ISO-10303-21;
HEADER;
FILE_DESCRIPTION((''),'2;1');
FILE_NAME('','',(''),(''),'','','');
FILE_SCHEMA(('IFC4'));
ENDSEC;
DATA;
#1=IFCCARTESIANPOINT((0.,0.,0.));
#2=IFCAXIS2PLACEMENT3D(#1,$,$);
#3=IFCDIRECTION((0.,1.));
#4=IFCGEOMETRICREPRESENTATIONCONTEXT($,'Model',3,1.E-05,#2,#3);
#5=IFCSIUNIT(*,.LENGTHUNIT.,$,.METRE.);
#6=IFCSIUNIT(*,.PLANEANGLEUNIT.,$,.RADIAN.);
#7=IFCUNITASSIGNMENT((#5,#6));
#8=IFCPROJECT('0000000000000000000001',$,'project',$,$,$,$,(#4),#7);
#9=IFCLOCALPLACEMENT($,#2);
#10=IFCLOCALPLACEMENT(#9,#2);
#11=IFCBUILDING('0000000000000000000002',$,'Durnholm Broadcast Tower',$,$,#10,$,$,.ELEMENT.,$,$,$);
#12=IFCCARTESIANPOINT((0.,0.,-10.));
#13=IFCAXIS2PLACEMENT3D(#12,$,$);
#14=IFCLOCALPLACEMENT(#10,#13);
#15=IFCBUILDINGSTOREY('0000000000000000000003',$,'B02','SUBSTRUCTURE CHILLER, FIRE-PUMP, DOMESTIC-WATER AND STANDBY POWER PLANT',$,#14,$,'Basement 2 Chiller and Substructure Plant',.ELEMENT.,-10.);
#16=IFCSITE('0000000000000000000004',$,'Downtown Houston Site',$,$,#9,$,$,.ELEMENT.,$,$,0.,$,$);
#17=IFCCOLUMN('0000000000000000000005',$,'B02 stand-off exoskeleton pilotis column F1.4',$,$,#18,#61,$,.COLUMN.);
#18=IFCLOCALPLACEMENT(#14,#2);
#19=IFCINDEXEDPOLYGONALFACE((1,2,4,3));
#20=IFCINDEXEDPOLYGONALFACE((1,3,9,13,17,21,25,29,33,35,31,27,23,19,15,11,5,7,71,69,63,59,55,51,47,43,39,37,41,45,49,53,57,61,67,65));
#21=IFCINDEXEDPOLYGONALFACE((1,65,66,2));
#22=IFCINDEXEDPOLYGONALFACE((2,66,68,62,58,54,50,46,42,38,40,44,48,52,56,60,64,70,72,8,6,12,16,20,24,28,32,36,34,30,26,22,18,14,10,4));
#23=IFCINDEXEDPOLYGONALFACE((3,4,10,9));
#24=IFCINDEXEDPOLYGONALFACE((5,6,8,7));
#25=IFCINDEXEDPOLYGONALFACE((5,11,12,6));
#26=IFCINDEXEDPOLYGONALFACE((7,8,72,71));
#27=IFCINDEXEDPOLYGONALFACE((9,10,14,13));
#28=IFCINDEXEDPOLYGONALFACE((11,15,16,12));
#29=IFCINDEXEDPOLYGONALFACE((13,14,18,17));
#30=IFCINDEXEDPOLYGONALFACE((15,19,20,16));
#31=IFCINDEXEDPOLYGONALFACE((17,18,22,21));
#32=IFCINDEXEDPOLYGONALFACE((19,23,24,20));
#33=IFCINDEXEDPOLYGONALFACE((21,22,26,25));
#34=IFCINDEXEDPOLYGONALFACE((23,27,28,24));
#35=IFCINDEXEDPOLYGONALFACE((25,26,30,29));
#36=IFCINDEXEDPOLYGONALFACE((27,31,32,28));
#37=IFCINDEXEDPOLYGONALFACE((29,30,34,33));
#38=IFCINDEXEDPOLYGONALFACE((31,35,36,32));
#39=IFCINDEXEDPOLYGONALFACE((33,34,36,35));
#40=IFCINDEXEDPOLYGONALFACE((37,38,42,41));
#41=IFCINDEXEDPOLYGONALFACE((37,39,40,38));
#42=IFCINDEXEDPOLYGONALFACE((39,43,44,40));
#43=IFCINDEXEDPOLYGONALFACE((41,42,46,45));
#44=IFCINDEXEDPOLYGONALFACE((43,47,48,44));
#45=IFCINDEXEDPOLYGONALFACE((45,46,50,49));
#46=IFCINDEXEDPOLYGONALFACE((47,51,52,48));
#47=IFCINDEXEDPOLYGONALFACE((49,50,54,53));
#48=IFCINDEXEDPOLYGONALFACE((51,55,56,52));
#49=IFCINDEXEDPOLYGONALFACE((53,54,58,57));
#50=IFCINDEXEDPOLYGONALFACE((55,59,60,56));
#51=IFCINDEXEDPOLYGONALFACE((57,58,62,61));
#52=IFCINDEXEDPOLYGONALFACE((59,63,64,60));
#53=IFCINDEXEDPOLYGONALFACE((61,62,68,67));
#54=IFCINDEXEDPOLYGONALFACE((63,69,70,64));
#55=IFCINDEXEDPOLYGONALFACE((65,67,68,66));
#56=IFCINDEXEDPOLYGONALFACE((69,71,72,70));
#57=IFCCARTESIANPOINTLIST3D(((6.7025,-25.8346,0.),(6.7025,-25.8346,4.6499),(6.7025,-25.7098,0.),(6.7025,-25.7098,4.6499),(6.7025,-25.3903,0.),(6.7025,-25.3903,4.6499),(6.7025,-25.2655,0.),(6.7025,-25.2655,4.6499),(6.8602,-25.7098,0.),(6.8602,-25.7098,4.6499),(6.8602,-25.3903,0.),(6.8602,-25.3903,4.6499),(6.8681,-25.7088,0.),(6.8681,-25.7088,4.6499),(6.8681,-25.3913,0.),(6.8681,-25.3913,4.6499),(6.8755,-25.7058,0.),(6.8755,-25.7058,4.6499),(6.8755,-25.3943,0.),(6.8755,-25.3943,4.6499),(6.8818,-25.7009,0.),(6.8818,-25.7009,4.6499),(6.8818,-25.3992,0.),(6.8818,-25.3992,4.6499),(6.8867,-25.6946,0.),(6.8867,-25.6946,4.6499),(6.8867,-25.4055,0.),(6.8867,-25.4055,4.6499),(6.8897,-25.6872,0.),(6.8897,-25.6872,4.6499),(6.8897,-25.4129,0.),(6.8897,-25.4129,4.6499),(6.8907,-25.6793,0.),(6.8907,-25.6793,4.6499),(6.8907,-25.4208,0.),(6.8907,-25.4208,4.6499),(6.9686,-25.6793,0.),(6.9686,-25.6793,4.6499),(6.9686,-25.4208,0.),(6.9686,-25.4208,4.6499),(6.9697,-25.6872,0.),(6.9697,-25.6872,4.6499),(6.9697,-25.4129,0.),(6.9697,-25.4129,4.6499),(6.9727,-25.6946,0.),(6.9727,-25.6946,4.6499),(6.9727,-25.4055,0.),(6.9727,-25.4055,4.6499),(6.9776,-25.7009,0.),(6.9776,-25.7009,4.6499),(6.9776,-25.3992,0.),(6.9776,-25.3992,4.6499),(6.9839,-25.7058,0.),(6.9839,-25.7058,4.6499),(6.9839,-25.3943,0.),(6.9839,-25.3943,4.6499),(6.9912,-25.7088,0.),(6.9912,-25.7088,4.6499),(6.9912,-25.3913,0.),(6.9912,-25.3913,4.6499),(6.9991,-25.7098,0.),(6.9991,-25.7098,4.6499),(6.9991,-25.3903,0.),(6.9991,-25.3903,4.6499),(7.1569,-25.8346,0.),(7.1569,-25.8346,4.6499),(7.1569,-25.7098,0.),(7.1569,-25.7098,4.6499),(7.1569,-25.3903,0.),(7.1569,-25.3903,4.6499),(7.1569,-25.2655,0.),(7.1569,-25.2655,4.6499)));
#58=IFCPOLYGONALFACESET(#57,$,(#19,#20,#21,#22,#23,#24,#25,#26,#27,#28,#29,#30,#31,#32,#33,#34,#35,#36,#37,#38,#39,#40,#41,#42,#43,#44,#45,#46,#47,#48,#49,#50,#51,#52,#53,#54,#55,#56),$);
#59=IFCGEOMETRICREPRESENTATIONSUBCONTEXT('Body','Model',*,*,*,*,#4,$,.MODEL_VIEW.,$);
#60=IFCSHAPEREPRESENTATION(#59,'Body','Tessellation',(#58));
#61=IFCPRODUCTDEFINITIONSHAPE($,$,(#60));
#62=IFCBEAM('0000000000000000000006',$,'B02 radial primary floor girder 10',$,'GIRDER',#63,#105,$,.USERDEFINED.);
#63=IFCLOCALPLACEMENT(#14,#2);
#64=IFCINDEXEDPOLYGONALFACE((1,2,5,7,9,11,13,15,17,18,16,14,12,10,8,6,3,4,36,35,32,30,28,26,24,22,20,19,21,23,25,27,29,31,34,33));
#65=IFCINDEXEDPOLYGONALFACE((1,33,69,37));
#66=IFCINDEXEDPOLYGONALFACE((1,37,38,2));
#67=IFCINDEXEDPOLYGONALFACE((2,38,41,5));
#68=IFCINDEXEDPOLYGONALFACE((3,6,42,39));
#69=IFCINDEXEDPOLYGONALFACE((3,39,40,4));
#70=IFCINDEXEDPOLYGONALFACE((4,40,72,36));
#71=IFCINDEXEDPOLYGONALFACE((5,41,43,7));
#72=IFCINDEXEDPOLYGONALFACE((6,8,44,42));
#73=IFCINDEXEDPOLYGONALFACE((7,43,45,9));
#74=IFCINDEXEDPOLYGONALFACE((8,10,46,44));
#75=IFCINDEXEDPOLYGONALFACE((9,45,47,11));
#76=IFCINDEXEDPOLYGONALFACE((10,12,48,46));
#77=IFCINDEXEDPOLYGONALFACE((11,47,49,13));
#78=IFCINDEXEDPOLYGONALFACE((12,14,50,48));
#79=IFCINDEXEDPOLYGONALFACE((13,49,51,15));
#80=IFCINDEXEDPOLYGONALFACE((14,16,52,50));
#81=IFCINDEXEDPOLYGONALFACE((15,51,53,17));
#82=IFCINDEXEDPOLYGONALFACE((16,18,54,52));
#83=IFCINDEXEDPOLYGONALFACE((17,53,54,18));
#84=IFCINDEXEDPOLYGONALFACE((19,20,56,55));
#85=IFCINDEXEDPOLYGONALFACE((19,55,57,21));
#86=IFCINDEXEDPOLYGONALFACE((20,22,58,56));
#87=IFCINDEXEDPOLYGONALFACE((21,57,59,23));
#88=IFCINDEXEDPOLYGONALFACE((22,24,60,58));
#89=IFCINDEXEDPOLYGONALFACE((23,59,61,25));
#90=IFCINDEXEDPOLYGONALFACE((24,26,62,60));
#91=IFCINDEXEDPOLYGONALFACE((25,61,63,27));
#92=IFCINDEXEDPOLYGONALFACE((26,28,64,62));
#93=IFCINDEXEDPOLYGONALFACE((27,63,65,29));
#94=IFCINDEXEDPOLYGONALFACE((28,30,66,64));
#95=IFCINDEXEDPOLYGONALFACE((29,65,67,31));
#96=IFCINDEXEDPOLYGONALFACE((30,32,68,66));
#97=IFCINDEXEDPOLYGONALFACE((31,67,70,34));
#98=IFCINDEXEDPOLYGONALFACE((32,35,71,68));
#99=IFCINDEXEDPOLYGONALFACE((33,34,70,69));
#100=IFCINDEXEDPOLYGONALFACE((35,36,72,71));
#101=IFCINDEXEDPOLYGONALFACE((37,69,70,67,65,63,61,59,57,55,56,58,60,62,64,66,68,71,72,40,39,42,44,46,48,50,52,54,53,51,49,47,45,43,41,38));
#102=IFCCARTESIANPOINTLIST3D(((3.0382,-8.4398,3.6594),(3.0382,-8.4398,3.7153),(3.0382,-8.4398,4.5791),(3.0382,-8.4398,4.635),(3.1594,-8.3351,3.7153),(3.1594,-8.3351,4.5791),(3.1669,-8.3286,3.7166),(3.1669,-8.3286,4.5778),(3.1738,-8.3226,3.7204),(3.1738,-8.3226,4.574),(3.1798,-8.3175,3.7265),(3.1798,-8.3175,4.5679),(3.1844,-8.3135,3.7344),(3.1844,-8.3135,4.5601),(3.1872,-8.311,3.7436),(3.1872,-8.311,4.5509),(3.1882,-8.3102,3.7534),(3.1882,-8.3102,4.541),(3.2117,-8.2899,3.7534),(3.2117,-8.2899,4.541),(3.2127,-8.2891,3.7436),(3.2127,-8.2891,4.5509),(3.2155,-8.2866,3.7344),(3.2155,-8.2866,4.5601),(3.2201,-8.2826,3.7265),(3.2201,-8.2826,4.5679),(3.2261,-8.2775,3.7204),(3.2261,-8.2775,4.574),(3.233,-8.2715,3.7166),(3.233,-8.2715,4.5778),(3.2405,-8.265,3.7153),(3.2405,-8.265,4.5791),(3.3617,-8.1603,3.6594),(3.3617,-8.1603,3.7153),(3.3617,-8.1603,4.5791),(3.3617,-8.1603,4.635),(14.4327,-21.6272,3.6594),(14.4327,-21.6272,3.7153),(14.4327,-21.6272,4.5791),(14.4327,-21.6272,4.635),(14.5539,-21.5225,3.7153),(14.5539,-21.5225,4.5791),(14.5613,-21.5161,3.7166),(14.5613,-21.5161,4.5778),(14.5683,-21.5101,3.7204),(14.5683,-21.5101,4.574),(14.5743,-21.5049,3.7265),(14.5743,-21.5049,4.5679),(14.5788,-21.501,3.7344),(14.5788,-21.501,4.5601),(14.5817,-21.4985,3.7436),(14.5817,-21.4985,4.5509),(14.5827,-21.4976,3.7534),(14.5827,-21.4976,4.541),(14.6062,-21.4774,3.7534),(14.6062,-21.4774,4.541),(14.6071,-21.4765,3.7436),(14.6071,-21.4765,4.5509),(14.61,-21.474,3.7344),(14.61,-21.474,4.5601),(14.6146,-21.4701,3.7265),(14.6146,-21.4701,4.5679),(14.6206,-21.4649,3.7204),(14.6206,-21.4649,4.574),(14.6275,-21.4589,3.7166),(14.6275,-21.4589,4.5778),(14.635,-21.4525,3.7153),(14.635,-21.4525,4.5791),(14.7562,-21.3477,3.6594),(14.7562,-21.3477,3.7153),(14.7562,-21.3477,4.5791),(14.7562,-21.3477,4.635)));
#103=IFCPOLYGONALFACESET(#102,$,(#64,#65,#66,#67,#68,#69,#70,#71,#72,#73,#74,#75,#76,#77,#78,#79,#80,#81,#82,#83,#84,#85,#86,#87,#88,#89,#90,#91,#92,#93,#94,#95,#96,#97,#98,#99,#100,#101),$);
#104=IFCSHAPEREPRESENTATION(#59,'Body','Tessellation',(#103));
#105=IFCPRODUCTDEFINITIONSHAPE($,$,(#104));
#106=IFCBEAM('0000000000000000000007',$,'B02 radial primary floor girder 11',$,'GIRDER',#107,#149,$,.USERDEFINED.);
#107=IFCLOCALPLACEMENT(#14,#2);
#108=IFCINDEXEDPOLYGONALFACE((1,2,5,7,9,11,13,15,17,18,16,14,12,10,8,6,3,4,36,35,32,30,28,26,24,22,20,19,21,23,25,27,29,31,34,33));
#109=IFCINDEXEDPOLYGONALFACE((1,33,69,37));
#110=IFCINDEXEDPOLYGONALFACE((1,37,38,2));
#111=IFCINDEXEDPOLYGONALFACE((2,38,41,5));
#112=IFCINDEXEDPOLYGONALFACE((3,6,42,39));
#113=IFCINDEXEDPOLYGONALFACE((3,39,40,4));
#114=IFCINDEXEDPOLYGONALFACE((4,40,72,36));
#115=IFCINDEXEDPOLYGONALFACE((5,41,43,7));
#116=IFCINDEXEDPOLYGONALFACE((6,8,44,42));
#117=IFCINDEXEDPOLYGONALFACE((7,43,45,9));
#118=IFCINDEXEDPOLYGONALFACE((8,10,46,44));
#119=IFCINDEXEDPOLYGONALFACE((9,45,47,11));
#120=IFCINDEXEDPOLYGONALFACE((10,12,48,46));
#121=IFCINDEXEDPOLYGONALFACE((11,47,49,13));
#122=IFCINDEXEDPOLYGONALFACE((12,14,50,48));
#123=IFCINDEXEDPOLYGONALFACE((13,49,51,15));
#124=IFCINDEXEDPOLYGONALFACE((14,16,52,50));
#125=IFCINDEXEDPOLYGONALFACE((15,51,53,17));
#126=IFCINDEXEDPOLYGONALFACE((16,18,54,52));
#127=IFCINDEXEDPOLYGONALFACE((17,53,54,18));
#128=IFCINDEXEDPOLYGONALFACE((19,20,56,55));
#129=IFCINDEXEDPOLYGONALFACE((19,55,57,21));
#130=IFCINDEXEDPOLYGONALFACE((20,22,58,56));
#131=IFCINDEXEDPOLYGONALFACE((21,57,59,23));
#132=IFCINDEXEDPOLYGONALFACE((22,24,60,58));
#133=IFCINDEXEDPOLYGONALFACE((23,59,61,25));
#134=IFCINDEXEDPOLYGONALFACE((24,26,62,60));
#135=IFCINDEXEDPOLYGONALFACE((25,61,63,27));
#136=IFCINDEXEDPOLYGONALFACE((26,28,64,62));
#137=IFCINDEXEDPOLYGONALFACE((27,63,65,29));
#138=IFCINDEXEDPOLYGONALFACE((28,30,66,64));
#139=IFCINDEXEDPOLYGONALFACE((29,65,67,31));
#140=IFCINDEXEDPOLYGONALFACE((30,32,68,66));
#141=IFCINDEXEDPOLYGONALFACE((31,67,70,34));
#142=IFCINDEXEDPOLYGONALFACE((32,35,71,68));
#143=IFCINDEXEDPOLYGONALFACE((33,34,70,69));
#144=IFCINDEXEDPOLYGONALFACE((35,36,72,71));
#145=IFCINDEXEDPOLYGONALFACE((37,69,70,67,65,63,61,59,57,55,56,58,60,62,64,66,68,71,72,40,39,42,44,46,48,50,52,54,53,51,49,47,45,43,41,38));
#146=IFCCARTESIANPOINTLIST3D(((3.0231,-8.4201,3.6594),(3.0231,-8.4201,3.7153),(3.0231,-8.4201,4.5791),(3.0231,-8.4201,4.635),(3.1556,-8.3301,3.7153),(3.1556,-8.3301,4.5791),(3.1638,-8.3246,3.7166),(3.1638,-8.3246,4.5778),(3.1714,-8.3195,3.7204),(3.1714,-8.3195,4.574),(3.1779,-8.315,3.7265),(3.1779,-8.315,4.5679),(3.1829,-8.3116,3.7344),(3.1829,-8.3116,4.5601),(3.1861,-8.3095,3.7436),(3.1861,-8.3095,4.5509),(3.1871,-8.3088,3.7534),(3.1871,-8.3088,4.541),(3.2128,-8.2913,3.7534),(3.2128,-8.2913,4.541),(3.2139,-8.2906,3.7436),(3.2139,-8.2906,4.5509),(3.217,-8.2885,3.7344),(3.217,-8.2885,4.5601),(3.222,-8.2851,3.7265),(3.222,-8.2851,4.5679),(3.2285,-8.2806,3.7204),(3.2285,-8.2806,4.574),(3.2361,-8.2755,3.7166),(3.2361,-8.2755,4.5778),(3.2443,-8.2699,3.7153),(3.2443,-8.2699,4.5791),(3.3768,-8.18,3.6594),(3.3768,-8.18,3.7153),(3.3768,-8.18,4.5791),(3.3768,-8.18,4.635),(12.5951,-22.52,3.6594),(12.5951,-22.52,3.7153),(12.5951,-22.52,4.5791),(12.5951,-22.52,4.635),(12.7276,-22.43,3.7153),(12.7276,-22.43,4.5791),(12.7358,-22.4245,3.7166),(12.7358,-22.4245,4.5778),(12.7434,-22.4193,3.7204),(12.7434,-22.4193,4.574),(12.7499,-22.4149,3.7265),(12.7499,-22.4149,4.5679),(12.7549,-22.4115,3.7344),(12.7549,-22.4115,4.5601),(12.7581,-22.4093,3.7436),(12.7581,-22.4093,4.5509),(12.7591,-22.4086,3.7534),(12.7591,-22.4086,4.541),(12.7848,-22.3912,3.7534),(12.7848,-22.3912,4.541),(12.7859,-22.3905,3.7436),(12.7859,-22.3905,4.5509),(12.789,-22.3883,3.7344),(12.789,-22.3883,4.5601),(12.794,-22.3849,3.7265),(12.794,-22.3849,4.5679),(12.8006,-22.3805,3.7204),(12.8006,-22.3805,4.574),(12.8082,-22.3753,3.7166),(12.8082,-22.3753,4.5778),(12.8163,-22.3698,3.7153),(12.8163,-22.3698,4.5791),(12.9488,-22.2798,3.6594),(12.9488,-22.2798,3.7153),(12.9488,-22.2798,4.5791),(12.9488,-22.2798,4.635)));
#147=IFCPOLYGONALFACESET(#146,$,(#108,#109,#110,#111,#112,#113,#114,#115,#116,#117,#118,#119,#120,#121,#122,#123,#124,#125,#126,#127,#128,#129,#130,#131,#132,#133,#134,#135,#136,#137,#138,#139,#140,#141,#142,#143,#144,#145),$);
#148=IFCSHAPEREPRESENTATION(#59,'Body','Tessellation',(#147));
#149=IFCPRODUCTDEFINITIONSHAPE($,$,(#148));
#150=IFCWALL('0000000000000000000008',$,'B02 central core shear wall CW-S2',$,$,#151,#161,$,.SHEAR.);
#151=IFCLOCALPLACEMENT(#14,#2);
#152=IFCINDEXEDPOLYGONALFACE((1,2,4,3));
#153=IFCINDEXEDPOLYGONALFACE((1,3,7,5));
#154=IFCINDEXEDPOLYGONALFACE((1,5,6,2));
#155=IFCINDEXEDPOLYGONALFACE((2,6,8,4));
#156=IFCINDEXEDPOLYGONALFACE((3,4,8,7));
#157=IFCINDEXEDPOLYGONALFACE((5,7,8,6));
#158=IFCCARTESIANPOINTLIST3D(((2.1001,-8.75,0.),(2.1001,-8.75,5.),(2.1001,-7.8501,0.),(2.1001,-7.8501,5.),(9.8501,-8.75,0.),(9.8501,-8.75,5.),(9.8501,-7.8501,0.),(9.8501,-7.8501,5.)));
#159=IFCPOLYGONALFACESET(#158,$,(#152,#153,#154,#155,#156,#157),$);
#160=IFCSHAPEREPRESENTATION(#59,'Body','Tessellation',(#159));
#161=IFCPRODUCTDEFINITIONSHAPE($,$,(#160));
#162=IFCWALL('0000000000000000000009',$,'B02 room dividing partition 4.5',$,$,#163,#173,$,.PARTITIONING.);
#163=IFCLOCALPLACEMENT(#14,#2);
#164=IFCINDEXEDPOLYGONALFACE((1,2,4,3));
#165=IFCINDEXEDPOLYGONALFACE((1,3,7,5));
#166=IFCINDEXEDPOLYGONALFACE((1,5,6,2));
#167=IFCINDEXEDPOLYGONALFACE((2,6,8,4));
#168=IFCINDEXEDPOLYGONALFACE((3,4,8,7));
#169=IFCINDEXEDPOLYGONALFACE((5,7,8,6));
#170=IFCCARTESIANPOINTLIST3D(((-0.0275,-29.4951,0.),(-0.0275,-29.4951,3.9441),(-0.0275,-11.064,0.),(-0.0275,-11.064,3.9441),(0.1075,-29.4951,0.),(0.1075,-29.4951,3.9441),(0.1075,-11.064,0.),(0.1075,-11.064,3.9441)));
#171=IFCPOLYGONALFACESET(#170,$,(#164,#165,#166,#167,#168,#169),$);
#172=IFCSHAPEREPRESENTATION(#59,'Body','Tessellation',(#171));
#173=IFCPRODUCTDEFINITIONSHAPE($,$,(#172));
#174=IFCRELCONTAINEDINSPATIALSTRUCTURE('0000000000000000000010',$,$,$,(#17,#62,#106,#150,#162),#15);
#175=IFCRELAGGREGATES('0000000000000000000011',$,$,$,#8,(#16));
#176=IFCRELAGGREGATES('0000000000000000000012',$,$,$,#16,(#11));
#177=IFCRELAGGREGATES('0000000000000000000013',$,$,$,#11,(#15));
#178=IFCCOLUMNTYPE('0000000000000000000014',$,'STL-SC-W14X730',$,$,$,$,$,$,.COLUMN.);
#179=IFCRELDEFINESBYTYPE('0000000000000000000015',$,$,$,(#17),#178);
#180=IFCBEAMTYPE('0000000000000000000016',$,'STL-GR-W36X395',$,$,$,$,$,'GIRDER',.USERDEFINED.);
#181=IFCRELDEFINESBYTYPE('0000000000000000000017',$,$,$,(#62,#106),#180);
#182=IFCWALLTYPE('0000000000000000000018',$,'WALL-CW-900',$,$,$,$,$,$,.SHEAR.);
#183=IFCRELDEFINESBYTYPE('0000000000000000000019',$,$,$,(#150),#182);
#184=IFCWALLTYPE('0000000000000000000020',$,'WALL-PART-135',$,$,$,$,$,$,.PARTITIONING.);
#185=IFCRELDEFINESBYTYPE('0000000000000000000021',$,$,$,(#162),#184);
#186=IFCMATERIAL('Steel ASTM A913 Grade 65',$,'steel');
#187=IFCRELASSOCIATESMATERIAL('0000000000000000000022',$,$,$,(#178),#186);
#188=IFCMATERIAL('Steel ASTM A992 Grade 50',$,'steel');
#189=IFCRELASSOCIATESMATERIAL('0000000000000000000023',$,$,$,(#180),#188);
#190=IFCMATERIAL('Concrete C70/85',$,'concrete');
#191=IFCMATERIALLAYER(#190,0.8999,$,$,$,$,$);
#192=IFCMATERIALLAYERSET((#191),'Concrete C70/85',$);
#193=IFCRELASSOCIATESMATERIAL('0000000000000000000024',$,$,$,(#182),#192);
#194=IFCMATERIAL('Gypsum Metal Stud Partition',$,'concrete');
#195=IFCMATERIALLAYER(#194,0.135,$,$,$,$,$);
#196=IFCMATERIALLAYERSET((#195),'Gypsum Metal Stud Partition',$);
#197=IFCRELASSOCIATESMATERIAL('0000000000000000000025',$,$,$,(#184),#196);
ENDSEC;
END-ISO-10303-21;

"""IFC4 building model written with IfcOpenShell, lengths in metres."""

from ifc_helpers import new_model, si_unit, direction, frame, frame_2d, origin, origin_2d, place, context, subcontext, project, spatial, rectangle, i_section, extrude, source, transform, mapped, material, layer, layer_set, material_profile, profile_set, type_object, type_shapes, element, save


model = new_model("IFC4")

# Units and contexts
model_context = context("Model", 3, precision=1e-05, world=origin(), true_north=direction((0.0, 1.0)))
body_context = subcontext(model_context, "Body", "Model", "MODEL_VIEW")
ifc_project = project(units=[si_unit("LENGTHUNIT", "METRE"), si_unit("PLANEANGLEUNIT", "RADIAN")], contexts=[model_context])

# Site, building, storey
site_placement = place(None, origin())
site = spatial("IfcSite", under=ifc_project, at=site_placement, Name="Downtown Houston Site", CompositionType="ELEMENT", RefElevation=0.0)
building_placement = place(site_placement, origin())
building = spatial("IfcBuilding", under=site, at=building_placement, Name="Durnholm Broadcast Tower", CompositionType="ELEMENT")
storey_placement = place(building_placement, frame((0.0, 0.0, -10.0)))
storey = spatial("IfcBuildingStorey", under=building, at=storey_placement, Name="B02", Description="SUBSTRUCTURE CHILLER, FIRE-PUMP, DOMESTIC-WATER AND STANDBY POWER PLANT", LongName="Basement 2 Chiller and Substructure Plant", CompositionType="ELEMENT", Elevation=-10.0)

# Column
ifc_material_1 = material(Name="Concrete C70/85", Category="concrete")
ifc_material_2 = material(Name="Steel ASTM A913 Grade 65", Category="steel")
ifc_material_profile_1 = material_profile(ifc_material_2, i_section(OverallWidth=0.4543, OverallDepth=0.5691, WebThickness=0.0779, FlangeThickness=0.1248, FilletRadius=0.0305, at=origin_2d()), Name="W14X730")
ifc_profile_set_1 = profile_set([ifc_material_profile_1], Name="Steel ASTM A913 Grade 65")
column_type_1 = type_object("IfcColumnType", Name="STL-SC-W14X730", PredefinedType="COLUMN", material=ifc_profile_set_1)
shared_shape_1 = source(origin(), body_context, "Body", "SweptSolid", [
    extrude(i_section(OverallWidth=0.4543, OverallDepth=0.5691, WebThickness=0.0779, FlangeThickness=0.1248, FilletRadius=0.0305, at=origin_2d()), origin(), (0.0, 0.0, 1.0), 4.6499),
])
type_shapes(column_type_1, [shared_shape_1])
for number, where, z_axis, x_axis, name in (
    (1, (6.9297, -25.55, 0.0), (0.0, 0.0, 1.0), (1.0, 0.0, 0.0), "B02 stand-off exoskeleton pilotis column F1.4"),
):
    element("IfcColumn", number, at=place(storey_placement, frame(where, z_axis=z_axis, x_axis=x_axis)), inside=storey, type_object=column_type_1, Name=name, PredefinedType="COLUMN", context=body_context, shape_type="MappedRepresentation", body=[
        mapped(shared_shape_1, transform((0.0, 0.0, 0.0), x_axis=(1.0, 0.0, 0.0), y_axis=(0.0, 1.0, 0.0), z_axis=(0.0, 0.0, 1.0), scale=1.0)),
    ])

# Beams
ifc_material_3 = material(Name="Steel ASTM A992 Grade 50", Category="steel")
ifc_material_profile_2 = material_profile(ifc_material_3, i_section(OverallWidth=0.4275, OverallDepth=0.9756, WebThickness=0.031, FlangeThickness=0.0559, FilletRadius=0.0381, at=origin_2d()), Name="W36X395")
ifc_profile_set_2 = profile_set([ifc_material_profile_2], Name="Steel ASTM A992 Grade 50")
beam_type = type_object("IfcBeamType", Name="STL-GR-W36X395", ElementType="GIRDER", PredefinedType="USERDEFINED", material=ifc_profile_set_2)
shared_shape_2 = source(origin(), body_context, "Body", "SweptSolid", [
    extrude(i_section(OverallWidth=0.4275, OverallDepth=0.9756, WebThickness=0.031, FlangeThickness=0.0559, FilletRadius=0.0381, at=origin_2d()), origin(), (0.0, 0.0, 1.0), 17.4282),
])
beam_1_placement = place(storey_placement, frame((3.2, -8.3, 4.1472), z_axis=(0.653795, -0.756672, 0.0), x_axis=(0.756672, 0.653795, 0.0)))
element("IfcBeam", 2, at=beam_1_placement, inside=storey, type_object=beam_type, Name="B02 radial primary floor girder 10", ObjectType="GIRDER", PredefinedType="USERDEFINED", context=body_context, shape_type="MappedRepresentation", body=[
    mapped(shared_shape_2, transform((0.0, 0.0, 0.0), x_axis=(1.0, 0.0, 0.0), y_axis=(0.0, 1.0, 0.0), z_axis=(0.0, 0.0, 1.0), scale=1.0)),
])
shared_shape_3 = source(origin(), body_context, "Body", "SweptSolid", [
    extrude(i_section(OverallWidth=0.4275, OverallDepth=0.9756, WebThickness=0.031, FlangeThickness=0.0559, FilletRadius=0.0381, at=origin_2d()), origin(), (0.0, 0.0, 1.0), 17.042),
])
type_shapes(beam_type, [shared_shape_2, shared_shape_3])
beam_2_placement = place(storey_placement, frame((3.2, -8.3, 4.1472), z_axis=(0.561673, -0.82736, 0.0), x_axis=(0.82736, 0.561673, 0.0)))
element("IfcBeam", 3, at=beam_2_placement, inside=storey, type_object=beam_type, Name="B02 radial primary floor girder 11", ObjectType="GIRDER", PredefinedType="USERDEFINED", context=body_context, shape_type="MappedRepresentation", body=[
    mapped(shared_shape_3, transform((0.0, 0.0, 0.0), x_axis=(1.0, 0.0, 0.0), y_axis=(0.0, 1.0, 0.0), z_axis=(0.0, 0.0, 1.0), scale=1.0)),
])

# Walls
ifc_layer_1 = layer(ifc_material_1, 0.8999)
ifc_layer_set_1 = layer_set([ifc_layer_1], Name="Concrete C70/85")
wall_type_1 = type_object("IfcWallType", Name="WALL-CW-900", PredefinedType="SHEAR", material=ifc_layer_set_1)
wall_1_placement = place(storey_placement, frame((2.1001, -8.3, 0.0), z_axis=(0.0, 0.0, 1.0), x_axis=(1.0, 0.0, 0.0)))
element("IfcWall", 4, at=wall_1_placement, inside=storey, type_object=wall_type_1, Name="B02 central core shear wall CW-S2", PredefinedType="SHEAR", context=body_context, shape_type="SweptSolid", body=[
    extrude(rectangle(XDim=7.75, YDim=0.8999, at=frame_2d((3.875, 0.0))), origin(), (0.0, 0.0, 1.0), 5.0),
])
ifc_material_4 = material(Name="Gypsum Metal Stud Partition", Category="concrete")
ifc_layer_2 = layer(ifc_material_4, 0.135)
ifc_layer_set_2 = layer_set([ifc_layer_2], Name="Gypsum Metal Stud Partition")
wall_type_2 = type_object("IfcWallType", Name="WALL-PART-135", PredefinedType="PARTITIONING", material=ifc_layer_set_2)
wall_2_placement = place(storey_placement, frame((0.04, -11.064, 0.0), z_axis=(0.0, 0.0, 1.0), x_axis=(0.0, -1.0, 0.0)))
element("IfcWall", 5, at=wall_2_placement, inside=storey, type_object=wall_type_2, Name="B02 room dividing partition 4.5", PredefinedType="PARTITIONING", context=body_context, shape_type="SweptSolid", body=[
    extrude(rectangle(XDim=18.4312, YDim=0.135, at=frame_2d((9.2156, 0.0))), origin(), (0.0, 0.0, 1.0), 3.9441),
])

save(model, "model.ifc")
